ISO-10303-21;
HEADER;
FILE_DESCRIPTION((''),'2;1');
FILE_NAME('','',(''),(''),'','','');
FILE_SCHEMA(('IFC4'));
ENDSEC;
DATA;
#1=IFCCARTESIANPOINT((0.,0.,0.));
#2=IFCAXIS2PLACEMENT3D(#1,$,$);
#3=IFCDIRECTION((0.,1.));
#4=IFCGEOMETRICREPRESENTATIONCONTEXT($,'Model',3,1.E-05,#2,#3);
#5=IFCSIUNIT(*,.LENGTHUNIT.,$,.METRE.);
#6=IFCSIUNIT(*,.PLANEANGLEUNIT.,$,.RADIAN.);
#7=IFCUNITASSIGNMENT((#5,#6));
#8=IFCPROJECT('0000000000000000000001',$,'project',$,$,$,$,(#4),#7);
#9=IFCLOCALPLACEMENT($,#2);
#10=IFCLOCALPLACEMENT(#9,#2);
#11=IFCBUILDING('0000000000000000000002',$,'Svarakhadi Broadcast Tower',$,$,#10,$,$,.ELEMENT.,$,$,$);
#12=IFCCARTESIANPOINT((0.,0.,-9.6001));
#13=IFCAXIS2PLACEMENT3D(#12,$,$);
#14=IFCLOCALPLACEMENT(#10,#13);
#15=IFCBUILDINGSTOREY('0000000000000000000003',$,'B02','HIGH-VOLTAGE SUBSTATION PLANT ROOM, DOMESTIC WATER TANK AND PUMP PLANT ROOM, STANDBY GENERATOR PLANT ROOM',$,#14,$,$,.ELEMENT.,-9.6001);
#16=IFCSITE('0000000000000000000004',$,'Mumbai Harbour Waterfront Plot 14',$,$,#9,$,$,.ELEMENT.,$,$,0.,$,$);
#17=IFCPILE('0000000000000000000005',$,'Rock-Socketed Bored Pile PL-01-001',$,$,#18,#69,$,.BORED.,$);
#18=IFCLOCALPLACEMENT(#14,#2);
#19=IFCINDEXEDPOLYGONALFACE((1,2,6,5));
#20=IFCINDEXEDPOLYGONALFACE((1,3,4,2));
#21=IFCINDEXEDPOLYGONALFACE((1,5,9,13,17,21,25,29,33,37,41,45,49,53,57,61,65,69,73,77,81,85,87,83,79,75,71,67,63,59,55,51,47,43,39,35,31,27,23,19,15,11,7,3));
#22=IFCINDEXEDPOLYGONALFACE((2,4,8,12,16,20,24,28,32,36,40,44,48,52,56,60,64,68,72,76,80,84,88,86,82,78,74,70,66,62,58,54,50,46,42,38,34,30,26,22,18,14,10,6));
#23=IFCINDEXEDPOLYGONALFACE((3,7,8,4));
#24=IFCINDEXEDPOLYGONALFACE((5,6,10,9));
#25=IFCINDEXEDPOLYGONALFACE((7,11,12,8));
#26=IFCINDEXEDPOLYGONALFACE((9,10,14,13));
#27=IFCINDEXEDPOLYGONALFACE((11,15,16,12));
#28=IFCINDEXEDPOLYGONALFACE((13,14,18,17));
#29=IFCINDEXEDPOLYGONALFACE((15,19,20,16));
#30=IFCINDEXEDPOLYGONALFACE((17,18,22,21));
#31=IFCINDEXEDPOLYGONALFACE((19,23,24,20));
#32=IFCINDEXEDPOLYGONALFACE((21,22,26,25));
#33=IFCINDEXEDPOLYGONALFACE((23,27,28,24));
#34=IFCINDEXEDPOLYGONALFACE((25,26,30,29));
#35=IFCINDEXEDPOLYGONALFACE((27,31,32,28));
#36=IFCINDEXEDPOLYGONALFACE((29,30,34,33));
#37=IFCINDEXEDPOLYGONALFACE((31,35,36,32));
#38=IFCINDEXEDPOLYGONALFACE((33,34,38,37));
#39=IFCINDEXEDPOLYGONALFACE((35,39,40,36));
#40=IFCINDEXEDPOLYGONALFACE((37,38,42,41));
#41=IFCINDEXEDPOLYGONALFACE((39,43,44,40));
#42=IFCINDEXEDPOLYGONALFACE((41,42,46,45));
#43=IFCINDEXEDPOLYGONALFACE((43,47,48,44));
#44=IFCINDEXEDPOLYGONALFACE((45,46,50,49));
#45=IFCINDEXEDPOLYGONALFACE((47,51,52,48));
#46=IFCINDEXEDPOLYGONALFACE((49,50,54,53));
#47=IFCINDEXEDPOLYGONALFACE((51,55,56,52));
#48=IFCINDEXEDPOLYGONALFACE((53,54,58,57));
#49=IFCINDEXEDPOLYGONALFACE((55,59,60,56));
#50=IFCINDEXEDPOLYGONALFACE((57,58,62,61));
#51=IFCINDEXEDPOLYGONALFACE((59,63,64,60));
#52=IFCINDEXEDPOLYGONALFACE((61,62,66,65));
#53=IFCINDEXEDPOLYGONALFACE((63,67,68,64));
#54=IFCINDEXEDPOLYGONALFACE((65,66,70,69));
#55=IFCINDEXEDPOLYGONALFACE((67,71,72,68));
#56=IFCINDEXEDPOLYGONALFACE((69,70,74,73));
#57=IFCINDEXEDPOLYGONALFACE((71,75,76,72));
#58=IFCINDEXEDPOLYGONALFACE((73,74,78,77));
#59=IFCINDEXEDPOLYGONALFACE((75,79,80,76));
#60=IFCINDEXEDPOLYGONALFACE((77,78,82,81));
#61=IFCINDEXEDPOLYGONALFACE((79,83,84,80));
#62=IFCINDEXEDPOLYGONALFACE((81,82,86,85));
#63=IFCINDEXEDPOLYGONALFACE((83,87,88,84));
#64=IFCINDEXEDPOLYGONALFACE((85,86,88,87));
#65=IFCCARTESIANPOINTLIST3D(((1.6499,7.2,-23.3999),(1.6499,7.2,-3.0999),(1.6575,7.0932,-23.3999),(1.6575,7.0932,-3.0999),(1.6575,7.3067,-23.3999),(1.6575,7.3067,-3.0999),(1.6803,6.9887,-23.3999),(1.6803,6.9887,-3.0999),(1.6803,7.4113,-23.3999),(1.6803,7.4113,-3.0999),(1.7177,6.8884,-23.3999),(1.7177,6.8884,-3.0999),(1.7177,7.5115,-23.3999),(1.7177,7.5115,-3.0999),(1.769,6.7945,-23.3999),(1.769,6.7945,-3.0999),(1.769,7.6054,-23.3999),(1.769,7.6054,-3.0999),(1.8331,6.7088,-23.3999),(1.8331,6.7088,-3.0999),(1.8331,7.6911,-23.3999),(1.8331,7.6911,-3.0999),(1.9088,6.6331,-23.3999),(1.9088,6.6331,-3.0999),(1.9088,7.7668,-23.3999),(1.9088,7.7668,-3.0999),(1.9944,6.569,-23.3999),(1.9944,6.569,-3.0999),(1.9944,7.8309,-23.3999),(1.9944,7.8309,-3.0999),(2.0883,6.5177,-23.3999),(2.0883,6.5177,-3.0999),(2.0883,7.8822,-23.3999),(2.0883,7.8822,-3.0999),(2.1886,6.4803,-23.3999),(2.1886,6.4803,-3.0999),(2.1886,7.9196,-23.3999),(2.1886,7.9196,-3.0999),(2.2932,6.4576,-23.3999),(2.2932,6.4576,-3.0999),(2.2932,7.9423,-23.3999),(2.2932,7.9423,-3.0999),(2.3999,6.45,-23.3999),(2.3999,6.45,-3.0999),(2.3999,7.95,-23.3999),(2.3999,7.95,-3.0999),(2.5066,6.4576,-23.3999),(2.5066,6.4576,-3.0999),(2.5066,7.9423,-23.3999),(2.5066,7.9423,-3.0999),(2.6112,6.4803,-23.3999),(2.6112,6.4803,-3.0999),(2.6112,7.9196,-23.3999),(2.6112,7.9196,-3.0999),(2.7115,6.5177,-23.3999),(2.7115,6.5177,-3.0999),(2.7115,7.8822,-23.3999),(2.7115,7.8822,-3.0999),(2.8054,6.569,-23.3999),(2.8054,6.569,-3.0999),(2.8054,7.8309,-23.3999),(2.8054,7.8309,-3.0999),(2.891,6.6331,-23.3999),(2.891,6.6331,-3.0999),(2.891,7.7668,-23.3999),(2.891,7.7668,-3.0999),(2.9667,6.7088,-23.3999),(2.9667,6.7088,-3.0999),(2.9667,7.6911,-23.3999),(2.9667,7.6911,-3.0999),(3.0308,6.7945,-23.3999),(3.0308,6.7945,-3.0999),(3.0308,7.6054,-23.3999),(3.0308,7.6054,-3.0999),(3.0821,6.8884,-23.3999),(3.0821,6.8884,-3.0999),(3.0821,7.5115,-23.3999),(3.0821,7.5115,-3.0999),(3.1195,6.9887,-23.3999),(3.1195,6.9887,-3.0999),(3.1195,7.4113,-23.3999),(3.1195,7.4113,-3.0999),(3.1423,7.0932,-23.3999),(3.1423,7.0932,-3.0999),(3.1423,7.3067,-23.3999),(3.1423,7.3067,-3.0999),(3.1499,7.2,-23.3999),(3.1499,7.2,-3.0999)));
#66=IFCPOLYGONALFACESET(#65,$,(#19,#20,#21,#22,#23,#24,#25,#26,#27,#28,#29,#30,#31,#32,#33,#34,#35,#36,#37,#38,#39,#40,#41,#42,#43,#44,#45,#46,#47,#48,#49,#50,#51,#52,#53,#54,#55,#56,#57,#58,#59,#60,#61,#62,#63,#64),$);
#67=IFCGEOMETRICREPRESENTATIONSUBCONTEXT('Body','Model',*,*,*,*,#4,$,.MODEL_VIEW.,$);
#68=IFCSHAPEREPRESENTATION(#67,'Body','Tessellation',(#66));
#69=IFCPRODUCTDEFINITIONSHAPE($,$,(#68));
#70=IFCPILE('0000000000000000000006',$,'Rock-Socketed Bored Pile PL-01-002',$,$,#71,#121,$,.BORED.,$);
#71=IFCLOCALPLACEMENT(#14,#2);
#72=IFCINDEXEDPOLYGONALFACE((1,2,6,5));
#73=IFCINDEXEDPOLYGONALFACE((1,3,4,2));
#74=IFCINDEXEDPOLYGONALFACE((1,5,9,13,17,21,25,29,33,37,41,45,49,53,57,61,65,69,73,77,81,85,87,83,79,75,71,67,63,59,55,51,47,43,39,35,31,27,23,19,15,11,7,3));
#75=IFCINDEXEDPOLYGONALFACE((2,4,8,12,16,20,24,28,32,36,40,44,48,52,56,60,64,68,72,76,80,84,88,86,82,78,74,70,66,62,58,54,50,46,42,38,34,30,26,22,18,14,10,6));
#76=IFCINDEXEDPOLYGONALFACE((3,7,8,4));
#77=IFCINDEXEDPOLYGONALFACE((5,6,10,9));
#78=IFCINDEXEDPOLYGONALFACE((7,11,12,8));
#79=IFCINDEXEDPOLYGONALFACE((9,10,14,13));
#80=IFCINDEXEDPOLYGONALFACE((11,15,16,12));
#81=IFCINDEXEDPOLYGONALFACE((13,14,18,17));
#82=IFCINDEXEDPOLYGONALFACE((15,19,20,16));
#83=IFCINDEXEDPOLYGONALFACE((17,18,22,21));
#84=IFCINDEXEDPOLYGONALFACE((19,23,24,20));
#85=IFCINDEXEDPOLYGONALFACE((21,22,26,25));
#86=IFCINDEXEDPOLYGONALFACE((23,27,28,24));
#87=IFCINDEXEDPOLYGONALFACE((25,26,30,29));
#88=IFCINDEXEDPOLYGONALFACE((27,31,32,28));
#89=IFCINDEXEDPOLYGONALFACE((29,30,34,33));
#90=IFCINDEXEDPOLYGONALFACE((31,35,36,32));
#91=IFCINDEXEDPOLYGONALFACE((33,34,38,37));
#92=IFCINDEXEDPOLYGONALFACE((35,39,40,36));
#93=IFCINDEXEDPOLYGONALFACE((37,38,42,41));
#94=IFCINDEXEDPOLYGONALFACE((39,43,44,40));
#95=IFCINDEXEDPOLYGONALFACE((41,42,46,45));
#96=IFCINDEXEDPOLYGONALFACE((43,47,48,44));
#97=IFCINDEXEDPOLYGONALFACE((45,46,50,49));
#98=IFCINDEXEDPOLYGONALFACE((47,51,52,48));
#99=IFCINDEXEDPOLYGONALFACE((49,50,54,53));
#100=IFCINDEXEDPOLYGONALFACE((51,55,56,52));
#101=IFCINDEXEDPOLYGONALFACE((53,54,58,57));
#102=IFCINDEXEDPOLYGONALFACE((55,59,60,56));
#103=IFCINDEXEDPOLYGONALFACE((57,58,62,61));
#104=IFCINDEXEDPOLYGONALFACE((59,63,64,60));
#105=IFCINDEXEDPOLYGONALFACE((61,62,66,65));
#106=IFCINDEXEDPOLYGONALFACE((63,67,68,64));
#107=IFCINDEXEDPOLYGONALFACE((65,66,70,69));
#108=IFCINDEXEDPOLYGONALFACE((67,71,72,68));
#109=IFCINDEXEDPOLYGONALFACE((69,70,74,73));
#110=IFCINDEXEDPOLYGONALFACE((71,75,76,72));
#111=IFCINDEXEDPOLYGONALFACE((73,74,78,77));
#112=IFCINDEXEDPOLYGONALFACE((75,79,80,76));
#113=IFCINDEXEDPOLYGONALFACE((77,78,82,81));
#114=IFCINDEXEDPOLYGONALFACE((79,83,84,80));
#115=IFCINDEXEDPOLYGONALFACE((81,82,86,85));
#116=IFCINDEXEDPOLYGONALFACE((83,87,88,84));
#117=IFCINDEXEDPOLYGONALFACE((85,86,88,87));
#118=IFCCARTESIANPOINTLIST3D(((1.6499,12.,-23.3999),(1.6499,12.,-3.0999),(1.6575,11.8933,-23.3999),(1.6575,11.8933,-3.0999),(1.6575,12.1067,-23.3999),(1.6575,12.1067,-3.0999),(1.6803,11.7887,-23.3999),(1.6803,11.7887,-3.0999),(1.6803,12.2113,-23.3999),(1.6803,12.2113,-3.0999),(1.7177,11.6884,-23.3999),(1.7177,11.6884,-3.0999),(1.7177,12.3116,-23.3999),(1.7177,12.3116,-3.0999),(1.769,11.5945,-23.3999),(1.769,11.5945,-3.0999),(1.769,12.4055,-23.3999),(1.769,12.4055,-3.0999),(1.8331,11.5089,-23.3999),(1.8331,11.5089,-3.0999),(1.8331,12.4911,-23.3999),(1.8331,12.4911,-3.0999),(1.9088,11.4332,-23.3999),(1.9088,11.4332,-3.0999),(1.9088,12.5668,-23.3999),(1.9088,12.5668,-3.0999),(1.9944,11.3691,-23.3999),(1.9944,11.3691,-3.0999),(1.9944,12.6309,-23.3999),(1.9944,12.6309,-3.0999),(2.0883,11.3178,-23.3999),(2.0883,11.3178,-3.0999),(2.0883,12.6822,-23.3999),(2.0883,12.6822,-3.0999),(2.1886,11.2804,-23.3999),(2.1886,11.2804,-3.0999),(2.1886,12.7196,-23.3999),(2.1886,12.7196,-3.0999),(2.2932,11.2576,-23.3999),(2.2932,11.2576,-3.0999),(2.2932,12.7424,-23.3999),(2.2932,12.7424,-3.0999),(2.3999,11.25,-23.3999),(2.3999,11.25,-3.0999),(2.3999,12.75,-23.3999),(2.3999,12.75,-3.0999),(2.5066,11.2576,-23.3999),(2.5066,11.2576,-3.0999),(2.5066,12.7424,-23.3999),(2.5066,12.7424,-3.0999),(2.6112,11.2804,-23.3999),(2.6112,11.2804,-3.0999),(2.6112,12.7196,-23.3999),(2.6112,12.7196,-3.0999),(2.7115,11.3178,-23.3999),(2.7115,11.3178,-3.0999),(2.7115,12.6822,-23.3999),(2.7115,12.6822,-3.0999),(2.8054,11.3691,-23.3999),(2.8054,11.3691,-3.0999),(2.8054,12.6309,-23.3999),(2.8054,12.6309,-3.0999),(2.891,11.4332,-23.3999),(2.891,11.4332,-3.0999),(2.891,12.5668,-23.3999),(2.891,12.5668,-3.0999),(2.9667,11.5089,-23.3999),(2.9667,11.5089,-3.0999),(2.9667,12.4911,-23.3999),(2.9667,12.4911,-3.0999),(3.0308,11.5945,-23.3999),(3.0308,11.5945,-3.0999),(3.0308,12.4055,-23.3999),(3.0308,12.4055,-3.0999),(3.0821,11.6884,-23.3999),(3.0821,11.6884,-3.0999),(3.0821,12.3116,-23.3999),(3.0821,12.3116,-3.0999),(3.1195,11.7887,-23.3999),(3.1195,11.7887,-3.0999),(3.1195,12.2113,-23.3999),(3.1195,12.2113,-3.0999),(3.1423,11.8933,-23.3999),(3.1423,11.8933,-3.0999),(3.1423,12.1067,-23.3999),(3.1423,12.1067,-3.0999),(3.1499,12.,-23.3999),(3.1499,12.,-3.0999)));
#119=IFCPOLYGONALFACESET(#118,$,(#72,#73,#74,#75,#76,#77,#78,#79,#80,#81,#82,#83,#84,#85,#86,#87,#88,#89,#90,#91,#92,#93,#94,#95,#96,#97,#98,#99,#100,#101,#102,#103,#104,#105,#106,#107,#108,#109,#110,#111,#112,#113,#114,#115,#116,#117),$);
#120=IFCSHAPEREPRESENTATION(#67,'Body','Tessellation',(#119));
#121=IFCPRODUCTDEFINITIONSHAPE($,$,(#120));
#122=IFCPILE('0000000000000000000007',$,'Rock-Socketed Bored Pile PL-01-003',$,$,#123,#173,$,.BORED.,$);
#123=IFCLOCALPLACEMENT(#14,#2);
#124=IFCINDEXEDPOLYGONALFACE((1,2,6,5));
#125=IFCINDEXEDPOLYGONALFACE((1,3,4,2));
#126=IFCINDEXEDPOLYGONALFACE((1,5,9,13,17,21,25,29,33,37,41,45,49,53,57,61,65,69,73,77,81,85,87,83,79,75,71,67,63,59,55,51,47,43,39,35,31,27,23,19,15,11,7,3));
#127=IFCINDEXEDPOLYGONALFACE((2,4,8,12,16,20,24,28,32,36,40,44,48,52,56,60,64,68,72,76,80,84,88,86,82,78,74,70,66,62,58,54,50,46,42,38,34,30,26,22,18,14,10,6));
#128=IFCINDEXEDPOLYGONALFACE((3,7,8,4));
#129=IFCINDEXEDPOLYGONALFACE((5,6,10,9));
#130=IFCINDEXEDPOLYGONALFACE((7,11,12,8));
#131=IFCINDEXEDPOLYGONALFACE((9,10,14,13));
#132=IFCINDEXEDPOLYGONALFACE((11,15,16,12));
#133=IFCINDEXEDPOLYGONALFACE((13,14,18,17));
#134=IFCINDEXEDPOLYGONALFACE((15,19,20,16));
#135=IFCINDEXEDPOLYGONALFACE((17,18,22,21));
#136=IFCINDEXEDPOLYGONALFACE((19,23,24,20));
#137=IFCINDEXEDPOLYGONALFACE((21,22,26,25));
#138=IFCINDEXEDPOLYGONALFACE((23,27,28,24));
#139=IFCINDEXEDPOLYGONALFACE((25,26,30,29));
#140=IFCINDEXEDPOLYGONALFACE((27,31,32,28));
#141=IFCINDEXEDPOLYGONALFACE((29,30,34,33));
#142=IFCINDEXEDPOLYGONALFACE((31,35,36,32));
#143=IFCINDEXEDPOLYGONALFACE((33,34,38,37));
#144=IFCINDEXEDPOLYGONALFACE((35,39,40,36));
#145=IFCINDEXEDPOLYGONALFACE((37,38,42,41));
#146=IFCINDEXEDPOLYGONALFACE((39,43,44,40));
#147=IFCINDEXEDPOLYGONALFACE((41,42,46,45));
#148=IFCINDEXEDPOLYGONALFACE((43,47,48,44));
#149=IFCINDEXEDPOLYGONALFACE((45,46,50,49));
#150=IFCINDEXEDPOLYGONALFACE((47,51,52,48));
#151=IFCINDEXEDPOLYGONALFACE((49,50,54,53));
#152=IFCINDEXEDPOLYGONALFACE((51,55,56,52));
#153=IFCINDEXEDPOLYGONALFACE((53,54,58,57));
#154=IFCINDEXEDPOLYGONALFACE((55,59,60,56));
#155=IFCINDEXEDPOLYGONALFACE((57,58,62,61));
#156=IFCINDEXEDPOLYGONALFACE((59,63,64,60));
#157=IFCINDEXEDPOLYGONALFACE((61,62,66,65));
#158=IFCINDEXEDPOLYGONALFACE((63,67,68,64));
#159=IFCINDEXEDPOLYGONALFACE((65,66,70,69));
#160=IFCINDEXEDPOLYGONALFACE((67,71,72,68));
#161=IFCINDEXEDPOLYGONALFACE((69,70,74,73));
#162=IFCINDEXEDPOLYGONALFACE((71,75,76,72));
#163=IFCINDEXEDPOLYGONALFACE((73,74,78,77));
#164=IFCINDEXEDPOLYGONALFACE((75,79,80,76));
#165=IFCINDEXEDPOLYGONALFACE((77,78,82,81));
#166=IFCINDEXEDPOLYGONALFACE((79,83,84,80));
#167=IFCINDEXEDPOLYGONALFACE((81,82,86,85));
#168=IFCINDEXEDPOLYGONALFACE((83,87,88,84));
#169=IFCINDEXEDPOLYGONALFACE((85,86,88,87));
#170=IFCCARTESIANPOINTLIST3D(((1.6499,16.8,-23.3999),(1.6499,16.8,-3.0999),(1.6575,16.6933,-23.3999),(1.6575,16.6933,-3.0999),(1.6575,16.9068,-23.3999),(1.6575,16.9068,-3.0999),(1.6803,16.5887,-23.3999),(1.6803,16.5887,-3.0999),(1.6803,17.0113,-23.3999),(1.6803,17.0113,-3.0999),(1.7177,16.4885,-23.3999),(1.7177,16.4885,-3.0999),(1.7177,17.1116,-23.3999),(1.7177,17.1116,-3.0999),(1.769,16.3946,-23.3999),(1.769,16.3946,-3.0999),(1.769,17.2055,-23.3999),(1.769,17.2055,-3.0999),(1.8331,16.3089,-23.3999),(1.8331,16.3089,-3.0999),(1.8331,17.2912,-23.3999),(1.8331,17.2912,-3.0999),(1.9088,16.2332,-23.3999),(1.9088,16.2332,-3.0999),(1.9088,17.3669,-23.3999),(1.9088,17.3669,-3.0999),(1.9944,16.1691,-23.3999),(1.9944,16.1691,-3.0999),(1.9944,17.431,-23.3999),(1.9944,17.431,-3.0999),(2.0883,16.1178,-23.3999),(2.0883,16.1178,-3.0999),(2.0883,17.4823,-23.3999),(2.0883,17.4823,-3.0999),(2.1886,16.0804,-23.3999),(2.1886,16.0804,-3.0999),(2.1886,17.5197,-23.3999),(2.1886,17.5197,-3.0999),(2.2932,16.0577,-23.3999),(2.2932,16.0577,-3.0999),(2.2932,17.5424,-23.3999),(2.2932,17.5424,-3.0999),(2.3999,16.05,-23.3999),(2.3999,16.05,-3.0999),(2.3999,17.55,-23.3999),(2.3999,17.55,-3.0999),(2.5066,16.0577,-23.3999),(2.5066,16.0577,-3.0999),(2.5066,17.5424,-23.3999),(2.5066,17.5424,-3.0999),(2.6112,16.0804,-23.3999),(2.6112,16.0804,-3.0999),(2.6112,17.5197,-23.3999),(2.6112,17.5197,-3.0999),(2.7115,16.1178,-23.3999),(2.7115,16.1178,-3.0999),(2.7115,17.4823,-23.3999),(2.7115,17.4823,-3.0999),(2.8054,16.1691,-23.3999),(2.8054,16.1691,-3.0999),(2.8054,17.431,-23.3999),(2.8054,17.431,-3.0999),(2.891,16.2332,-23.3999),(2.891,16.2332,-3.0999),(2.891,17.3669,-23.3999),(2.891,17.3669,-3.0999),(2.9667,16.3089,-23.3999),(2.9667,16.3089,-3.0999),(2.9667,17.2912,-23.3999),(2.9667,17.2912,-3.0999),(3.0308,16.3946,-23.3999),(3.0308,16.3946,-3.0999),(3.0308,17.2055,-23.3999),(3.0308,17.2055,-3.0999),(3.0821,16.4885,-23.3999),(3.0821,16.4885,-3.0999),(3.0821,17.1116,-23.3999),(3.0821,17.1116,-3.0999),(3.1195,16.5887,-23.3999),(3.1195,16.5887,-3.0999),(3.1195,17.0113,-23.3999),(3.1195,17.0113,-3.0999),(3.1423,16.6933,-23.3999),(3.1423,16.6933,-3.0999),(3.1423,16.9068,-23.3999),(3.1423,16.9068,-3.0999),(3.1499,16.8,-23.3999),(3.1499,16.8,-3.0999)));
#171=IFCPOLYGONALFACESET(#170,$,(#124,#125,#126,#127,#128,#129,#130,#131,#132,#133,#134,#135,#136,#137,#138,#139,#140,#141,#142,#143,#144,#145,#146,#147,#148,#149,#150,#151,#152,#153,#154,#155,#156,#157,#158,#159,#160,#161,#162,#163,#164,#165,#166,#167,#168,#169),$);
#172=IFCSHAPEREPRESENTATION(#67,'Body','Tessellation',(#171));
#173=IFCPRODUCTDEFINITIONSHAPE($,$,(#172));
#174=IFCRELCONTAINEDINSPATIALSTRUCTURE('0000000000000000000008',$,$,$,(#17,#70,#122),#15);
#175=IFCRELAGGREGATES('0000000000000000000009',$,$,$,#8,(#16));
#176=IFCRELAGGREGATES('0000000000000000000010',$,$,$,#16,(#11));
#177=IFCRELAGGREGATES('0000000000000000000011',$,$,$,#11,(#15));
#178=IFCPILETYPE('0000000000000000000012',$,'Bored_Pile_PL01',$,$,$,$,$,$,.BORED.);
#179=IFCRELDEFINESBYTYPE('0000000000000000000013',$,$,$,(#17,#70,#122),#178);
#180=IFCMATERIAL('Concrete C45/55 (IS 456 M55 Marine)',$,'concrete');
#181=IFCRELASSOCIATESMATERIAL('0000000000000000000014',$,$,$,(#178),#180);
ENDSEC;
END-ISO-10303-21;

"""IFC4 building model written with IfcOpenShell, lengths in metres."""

from ifc_helpers import new_model, si_unit, direction, frame, origin, origin_2d, place, context, subcontext, project, spatial, circle, extrude, material, material_profile, profile_set, type_object, element, save


model = new_model("IFC4")

# Units and contexts
model_context = context("Model", 3, precision=1e-05, world=origin(), true_north=direction((0.0, 1.0)))
body_context = subcontext(model_context, "Body", "Model", "MODEL_VIEW")
ifc_project = project(units=[si_unit("LENGTHUNIT", "METRE"), si_unit("PLANEANGLEUNIT", "RADIAN")], contexts=[model_context])

# Site, building, storey
site_placement = place(None, origin())
site = spatial("IfcSite", under=ifc_project, at=site_placement, Name="Mumbai Harbour Waterfront Plot 14", CompositionType="ELEMENT", RefElevation=0.0)
building_placement = place(site_placement, origin())
building = spatial("IfcBuilding", under=site, at=building_placement, Name="Svarakhadi Broadcast Tower", CompositionType="ELEMENT")
storey_placement = place(building_placement, frame((0.0, 0.0, -9.6001)))
storey = spatial("IfcBuildingStorey", under=building, at=storey_placement, Name="B02", Description="HIGH-VOLTAGE SUBSTATION PLANT ROOM, DOMESTIC WATER TANK AND PUMP PLANT ROOM, STANDBY GENERATOR PLANT ROOM", CompositionType="ELEMENT", Elevation=-9.6001)

# Piles
ifc_material_1 = material(Name="Concrete C45/55 (IS 456 M55 Marine)", Category="concrete")
ifc_material_profile_1 = material_profile(ifc_material_1, circle(Radius=0.75, at=origin_2d()), Name="PILE D1500")
ifc_profile_set_1 = profile_set([ifc_material_profile_1], Name="Concrete C45/55 (IS 456 M55 Marine)")
pile_type = type_object("IfcPileType", Name="Bored_Pile_PL01", PredefinedType="BORED", material=ifc_profile_set_1)
for number, where, z_axis, x_axis, name in (
    (1, (2.3999, 7.2, -3.0999), (0.0, 0.0, -1.0), (1.0, 0.0, 0.0), "Rock-Socketed Bored Pile PL-01-001"),
    (2, (2.3999, 12.0, -3.0999), (0.0, 0.0, -1.0), (1.0, 0.0, 0.0), "Rock-Socketed Bored Pile PL-01-002"),
    (3, (2.3999, 16.8, -3.0999), (0.0, 0.0, -1.0), (1.0, 0.0, 0.0), "Rock-Socketed Bored Pile PL-01-003"),
):
    element("IfcPile", number, at=place(storey_placement, frame(where, z_axis=z_axis, x_axis=x_axis)), inside=storey, type_object=pile_type, Name=name, PredefinedType="BORED", context=body_context, shape_type="SweptSolid", body=[
        extrude(circle(Radius=0.75, at=origin_2d()), origin(), (0.0, 0.0, 1.0), 20.3),
    ])

save(model, "model.ifc")
